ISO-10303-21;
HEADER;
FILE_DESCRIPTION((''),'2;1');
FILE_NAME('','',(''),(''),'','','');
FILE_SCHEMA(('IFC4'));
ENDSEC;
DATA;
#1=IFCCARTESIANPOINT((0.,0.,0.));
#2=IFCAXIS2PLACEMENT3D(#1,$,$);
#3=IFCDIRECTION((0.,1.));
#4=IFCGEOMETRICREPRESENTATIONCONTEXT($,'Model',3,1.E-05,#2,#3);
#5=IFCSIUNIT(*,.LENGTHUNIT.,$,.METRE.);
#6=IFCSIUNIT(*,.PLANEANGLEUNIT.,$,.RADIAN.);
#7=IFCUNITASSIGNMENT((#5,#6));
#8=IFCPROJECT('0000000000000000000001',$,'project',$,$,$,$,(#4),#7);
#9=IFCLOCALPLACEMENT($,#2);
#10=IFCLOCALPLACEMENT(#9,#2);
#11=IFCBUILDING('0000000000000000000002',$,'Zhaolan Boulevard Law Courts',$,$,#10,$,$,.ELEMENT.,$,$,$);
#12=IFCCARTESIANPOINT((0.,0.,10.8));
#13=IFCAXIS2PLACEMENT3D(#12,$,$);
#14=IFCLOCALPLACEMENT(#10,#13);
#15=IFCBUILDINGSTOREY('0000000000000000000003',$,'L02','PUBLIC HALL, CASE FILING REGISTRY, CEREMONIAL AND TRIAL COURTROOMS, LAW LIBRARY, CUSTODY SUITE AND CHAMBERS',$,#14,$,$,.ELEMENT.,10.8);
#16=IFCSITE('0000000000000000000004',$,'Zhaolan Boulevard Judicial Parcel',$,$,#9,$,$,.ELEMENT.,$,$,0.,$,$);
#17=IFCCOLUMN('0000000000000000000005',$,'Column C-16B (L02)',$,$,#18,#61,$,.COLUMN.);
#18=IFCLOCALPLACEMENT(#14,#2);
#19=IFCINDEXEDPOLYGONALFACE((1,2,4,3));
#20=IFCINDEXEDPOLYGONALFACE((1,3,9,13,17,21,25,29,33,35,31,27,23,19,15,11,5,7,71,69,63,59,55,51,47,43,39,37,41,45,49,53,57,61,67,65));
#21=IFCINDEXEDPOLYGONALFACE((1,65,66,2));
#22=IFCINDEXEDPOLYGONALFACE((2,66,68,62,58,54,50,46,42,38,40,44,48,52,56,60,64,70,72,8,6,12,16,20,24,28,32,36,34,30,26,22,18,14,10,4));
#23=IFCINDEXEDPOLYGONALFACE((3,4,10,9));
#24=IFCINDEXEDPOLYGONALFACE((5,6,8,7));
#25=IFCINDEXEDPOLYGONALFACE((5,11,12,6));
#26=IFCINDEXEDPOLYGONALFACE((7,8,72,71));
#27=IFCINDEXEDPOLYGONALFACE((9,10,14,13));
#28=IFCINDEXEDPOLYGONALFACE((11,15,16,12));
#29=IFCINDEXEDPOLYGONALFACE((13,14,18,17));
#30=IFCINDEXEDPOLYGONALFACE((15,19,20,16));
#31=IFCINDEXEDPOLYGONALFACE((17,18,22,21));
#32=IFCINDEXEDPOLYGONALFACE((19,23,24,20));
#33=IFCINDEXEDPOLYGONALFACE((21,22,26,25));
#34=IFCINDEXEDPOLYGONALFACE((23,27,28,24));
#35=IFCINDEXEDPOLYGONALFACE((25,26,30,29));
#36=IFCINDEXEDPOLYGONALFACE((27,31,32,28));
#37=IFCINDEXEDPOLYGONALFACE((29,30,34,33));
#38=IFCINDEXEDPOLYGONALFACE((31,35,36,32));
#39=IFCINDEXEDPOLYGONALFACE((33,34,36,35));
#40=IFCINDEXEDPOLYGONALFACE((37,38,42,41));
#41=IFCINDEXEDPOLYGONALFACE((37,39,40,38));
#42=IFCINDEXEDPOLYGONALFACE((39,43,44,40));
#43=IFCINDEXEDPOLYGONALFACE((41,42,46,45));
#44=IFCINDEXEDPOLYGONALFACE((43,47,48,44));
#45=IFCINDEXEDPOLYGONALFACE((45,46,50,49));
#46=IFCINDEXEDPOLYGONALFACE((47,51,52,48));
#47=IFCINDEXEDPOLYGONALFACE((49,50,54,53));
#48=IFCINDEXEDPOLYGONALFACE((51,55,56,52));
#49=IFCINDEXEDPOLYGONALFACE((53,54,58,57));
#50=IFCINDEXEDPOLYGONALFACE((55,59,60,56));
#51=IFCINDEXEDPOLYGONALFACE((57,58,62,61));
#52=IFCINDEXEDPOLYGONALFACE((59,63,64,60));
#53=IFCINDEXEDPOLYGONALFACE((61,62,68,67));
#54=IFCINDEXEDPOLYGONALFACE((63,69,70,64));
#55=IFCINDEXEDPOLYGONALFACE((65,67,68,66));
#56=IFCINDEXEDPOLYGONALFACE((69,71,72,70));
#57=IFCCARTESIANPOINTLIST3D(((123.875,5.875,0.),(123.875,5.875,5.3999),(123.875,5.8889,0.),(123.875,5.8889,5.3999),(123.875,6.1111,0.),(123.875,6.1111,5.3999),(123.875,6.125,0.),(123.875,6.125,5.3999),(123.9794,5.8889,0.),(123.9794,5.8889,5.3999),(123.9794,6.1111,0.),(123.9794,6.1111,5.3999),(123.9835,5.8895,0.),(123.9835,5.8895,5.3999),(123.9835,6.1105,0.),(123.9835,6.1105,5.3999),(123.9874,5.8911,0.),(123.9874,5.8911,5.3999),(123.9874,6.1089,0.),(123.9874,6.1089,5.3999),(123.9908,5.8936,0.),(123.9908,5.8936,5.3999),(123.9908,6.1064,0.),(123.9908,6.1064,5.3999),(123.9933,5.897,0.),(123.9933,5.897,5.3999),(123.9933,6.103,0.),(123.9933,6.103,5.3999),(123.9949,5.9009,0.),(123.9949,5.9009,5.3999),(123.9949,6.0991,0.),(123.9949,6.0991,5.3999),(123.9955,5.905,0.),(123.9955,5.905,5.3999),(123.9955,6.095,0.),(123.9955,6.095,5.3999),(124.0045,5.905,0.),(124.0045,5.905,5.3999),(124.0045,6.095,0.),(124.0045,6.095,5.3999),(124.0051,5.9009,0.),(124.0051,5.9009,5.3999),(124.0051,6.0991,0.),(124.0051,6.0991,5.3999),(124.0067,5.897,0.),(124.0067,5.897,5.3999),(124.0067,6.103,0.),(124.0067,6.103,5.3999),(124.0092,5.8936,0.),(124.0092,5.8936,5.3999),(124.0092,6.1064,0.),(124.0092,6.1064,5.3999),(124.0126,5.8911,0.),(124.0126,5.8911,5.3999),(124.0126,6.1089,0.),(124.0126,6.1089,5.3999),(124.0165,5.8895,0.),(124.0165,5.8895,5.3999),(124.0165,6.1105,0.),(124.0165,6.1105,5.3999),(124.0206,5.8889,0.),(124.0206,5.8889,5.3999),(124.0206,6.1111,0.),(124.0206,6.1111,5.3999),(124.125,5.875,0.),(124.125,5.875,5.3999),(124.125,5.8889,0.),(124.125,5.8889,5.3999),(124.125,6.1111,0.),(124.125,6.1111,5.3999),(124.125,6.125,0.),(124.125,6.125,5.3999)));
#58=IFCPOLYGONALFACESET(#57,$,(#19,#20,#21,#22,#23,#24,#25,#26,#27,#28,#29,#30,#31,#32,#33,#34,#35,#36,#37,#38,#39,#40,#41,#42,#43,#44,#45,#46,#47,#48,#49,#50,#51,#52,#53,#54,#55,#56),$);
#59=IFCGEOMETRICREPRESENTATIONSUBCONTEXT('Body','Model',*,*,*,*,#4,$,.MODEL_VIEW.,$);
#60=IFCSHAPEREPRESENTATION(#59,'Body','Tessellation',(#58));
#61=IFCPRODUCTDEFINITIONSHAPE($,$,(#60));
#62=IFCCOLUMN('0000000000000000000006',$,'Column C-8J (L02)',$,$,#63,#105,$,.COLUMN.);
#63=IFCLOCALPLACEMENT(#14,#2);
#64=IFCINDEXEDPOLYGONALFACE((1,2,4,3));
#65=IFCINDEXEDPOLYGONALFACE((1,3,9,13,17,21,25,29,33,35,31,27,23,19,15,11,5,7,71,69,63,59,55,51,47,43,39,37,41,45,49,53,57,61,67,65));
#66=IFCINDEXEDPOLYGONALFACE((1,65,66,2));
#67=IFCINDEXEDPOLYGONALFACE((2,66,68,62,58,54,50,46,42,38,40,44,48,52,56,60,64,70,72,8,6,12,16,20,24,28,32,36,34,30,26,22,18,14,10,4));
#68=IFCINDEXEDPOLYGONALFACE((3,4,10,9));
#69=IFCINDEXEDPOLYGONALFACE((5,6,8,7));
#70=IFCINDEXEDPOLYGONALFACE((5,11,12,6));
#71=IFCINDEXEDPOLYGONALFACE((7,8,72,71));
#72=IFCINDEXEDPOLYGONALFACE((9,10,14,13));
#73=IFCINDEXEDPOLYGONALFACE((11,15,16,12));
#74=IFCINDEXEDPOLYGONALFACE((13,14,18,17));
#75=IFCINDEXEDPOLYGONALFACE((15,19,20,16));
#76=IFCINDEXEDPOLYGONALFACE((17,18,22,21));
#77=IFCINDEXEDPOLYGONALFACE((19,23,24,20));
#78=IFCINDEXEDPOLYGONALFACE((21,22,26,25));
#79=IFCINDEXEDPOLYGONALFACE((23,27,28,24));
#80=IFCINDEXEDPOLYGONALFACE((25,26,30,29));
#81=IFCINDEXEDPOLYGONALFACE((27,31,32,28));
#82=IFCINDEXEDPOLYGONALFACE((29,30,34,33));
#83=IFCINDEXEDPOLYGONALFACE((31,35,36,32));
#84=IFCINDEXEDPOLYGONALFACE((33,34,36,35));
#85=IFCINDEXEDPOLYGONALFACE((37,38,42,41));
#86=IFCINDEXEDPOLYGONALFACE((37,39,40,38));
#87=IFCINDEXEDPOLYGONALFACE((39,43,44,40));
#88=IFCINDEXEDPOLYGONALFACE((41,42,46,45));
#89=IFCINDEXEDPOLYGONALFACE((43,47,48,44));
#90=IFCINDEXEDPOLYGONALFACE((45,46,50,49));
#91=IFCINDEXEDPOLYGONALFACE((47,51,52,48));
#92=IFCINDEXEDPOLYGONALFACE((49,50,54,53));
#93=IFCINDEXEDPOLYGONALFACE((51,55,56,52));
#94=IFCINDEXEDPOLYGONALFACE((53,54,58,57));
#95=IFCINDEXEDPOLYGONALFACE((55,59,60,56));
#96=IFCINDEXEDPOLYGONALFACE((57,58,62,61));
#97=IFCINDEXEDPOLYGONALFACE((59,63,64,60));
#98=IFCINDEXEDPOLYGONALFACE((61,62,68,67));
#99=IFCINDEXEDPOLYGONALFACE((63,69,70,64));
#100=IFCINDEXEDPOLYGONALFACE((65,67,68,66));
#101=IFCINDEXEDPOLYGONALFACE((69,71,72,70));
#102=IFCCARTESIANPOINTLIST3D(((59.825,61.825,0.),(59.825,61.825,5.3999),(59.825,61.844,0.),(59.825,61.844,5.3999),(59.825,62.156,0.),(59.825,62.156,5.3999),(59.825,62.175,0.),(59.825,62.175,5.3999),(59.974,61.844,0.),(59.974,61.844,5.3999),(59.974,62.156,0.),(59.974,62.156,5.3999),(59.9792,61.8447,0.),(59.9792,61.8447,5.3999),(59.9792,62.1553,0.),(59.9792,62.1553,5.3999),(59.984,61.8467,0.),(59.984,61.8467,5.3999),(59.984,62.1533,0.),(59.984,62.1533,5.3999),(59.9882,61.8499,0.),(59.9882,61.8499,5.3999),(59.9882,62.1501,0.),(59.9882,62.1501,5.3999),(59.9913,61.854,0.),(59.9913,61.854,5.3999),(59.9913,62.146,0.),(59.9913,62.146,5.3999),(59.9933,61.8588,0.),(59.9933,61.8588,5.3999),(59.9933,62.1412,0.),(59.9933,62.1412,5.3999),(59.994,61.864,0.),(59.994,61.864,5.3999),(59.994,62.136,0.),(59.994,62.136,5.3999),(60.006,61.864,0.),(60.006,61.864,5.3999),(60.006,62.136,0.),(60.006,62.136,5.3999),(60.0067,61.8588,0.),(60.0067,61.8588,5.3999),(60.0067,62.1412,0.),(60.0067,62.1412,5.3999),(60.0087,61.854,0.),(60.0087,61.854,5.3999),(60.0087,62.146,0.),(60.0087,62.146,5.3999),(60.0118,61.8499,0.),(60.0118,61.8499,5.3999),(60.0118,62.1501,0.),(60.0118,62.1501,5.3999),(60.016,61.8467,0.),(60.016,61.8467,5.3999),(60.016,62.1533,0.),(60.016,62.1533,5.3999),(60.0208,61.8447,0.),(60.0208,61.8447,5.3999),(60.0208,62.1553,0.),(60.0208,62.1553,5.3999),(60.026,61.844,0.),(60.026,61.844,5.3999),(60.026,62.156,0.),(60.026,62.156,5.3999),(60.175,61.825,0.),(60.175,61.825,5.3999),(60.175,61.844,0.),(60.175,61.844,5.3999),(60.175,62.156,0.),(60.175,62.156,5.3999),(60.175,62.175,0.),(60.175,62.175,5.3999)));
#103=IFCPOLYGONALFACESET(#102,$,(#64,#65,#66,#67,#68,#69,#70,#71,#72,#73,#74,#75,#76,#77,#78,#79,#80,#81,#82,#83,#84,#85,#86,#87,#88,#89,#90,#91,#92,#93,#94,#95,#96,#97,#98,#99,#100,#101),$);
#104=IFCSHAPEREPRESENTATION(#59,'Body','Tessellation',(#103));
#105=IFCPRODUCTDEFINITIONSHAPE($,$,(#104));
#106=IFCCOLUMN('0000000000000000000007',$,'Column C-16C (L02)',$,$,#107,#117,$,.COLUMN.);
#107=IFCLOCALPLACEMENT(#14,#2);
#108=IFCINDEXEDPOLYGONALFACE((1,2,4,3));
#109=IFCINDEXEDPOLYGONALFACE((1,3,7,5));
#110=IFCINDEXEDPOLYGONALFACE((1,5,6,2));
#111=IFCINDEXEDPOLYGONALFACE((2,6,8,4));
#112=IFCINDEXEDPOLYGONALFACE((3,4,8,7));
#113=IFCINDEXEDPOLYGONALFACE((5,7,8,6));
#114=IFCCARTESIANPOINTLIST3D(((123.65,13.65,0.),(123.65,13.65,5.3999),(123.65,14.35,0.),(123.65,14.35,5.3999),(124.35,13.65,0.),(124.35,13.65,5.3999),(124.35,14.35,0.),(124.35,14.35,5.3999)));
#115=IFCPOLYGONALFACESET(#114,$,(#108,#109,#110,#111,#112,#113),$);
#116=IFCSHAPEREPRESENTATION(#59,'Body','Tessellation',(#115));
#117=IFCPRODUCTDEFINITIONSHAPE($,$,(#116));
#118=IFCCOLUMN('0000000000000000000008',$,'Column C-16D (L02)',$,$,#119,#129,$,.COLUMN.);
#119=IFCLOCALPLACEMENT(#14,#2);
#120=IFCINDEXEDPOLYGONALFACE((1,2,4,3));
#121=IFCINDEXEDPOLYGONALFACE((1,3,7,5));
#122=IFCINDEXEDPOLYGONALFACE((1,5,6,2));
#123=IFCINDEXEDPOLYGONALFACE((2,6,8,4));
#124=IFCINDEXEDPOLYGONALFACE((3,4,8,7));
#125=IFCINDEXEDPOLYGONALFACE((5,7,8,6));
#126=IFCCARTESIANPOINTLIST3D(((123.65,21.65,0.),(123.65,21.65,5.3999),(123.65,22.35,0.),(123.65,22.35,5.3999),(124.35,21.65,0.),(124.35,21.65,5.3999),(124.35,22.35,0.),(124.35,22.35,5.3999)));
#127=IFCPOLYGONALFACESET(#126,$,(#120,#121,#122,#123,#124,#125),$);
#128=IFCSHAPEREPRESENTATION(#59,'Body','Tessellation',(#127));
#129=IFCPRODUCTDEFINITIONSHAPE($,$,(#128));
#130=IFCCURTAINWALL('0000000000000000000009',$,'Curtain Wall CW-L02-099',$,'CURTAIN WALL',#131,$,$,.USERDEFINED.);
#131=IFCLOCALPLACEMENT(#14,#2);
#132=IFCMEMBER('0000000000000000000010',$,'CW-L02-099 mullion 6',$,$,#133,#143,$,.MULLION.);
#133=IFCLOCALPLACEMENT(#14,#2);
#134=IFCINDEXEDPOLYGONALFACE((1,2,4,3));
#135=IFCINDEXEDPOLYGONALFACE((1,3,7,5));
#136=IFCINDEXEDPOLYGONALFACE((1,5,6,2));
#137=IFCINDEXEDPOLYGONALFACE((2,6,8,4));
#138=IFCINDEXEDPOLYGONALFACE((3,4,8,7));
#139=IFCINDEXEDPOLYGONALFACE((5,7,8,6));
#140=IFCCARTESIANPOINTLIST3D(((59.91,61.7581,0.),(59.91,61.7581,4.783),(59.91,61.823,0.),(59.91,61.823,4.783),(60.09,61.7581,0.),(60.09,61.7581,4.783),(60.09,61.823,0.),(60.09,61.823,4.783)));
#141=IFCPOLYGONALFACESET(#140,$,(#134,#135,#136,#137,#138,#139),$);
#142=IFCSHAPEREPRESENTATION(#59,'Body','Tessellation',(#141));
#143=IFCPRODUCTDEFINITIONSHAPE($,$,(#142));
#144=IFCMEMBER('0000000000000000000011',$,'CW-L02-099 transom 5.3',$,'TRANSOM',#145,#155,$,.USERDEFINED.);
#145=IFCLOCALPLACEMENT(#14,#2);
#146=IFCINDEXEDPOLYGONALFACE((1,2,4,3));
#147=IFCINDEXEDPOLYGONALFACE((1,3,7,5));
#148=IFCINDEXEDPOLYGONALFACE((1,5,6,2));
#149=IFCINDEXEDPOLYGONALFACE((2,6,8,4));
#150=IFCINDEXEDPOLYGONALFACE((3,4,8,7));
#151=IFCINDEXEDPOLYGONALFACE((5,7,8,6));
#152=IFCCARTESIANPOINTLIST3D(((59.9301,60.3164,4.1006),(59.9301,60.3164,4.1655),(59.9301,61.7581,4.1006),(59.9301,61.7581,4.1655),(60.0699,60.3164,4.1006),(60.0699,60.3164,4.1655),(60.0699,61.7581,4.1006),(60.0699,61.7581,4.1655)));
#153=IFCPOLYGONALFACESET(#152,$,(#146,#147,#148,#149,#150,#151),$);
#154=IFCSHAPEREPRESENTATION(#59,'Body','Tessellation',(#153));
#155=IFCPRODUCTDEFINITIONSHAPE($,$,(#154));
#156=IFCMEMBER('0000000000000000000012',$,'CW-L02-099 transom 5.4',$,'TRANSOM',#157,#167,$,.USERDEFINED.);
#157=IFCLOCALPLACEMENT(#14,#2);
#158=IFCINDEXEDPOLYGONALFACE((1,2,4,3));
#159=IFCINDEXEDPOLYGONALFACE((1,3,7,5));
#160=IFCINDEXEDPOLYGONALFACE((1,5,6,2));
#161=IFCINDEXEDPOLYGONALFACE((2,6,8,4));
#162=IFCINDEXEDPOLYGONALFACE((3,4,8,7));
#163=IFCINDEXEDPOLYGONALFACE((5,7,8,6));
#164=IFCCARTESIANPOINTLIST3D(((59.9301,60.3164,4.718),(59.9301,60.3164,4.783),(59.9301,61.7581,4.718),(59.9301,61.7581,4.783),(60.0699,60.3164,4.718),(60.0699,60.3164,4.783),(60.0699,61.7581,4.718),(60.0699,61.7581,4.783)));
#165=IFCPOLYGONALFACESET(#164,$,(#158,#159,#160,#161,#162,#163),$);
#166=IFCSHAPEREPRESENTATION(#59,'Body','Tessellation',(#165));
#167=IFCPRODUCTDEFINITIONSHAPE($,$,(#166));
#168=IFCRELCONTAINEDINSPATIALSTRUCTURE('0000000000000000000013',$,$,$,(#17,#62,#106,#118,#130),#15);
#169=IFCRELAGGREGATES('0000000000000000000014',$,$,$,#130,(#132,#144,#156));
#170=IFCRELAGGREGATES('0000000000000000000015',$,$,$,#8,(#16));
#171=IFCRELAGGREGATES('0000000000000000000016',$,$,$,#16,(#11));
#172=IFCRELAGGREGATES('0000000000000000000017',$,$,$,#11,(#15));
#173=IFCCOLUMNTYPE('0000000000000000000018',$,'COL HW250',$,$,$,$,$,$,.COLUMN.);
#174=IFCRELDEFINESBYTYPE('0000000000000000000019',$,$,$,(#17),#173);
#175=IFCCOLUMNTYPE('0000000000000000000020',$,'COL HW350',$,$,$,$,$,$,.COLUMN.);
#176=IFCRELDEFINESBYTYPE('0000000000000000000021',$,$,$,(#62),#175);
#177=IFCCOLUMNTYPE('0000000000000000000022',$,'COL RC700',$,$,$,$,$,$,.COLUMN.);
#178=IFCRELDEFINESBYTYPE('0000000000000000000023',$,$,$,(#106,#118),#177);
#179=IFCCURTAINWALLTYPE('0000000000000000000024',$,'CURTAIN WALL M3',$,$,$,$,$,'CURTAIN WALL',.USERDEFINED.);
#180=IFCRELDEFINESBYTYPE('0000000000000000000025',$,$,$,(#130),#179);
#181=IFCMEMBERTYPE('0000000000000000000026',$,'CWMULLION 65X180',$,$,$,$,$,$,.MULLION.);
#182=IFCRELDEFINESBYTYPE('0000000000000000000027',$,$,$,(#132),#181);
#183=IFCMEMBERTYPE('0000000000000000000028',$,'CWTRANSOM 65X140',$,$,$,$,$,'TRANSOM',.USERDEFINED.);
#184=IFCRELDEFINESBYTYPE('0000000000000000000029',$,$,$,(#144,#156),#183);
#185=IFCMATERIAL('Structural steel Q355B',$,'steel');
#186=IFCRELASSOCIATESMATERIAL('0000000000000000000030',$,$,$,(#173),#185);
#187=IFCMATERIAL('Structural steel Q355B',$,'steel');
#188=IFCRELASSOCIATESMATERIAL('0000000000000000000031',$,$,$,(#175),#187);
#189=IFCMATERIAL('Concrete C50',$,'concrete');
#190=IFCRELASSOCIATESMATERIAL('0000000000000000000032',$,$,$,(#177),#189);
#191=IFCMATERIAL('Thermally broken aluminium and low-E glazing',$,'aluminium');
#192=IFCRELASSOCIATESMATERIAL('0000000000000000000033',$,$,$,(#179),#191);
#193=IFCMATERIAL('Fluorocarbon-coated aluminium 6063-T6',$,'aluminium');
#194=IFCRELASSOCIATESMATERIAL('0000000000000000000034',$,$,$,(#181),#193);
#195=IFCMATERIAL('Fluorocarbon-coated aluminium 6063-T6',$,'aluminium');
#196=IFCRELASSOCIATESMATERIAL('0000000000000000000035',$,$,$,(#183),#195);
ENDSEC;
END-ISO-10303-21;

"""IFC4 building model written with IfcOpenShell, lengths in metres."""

from ifc_helpers import new_model, si_unit, direction, frame, origin, origin_2d, place, context, subcontext, project, spatial, rectangle, i_section, extrude, material, material_profile, profile_set, type_object, element, aggregate, save


model = new_model("IFC4")

# Units and contexts
model_context = context("Model", 3, precision=1e-05, world=origin(), true_north=direction((0.0, 1.0)))
body_context = subcontext(model_context, "Body", "Model", "MODEL_VIEW")
ifc_project = project(units=[si_unit("LENGTHUNIT", "METRE"), si_unit("PLANEANGLEUNIT", "RADIAN")], contexts=[model_context])

# Site, building, storey
site_placement = place(None, origin())
site = spatial("IfcSite", under=ifc_project, at=site_placement, Name="Zhaolan Boulevard Judicial Parcel", CompositionType="ELEMENT", RefElevation=0.0)
building_placement = place(site_placement, origin())
building = spatial("IfcBuilding", under=site, at=building_placement, Name="Zhaolan Boulevard Law Courts", CompositionType="ELEMENT")
storey_placement = place(building_placement, frame((0.0, 0.0, 10.8)))
storey = spatial("IfcBuildingStorey", under=building, at=storey_placement, Name="L02", Description="PUBLIC HALL, CASE FILING REGISTRY, CEREMONIAL AND TRIAL COURTROOMS, LAW LIBRARY, CUSTODY SUITE AND CHAMBERS", CompositionType="ELEMENT", Elevation=10.8)

# Columns
ifc_material_1 = material(Name="Structural steel Q355B", Category="steel")
ifc_material_profile_1 = material_profile(ifc_material_1, i_section(OverallWidth=0.25, OverallDepth=0.25, WebThickness=0.009, FlangeThickness=0.0139, FilletRadius=0.0161, at=origin_2d()), Name="HW250x250")
ifc_profile_set_1 = profile_set([ifc_material_profile_1], Name="Structural steel Q355B")
column_type_1 = type_object("IfcColumnType", Name="COL HW250", PredefinedType="COLUMN", material=ifc_profile_set_1)
column_1_placement = place(storey_placement, frame((124.0, 6.0, 0.0), z_axis=(0.0, 0.0, 1.0), x_axis=(1.0, 0.0, 0.0)))
element("IfcColumn", 1, at=column_1_placement, inside=storey, type_object=column_type_1, Name="Column C-16B (L02)", PredefinedType="COLUMN", context=body_context, shape_type="SweptSolid", body=[
    extrude(i_section(OverallWidth=0.25, OverallDepth=0.25, WebThickness=0.009, FlangeThickness=0.0139, FilletRadius=0.0161, at=origin_2d()), origin(), (0.0, 0.0, 1.0), 5.3999),
])
ifc_material_2 = material(Name="Structural steel Q355B", Category="steel")
ifc_material_profile_2 = material_profile(ifc_material_2, i_section(OverallWidth=0.3501, OverallDepth=0.3501, WebThickness=0.012, FlangeThickness=0.019, FilletRadius=0.02, at=origin_2d()), Name="HW350x350")
ifc_profile_set_2 = profile_set([ifc_material_profile_2], Name="Structural steel Q355B")
column_type_2 = type_object("IfcColumnType", Name="COL HW350", PredefinedType="COLUMN", material=ifc_profile_set_2)
column_2_placement = place(storey_placement, frame((60.0, 62.0, 0.0), z_axis=(0.0, 0.0, 1.0), x_axis=(1.0, 0.0, 0.0)))
element("IfcColumn", 2, at=column_2_placement, inside=storey, type_object=column_type_2, Name="Column C-8J (L02)", PredefinedType="COLUMN", context=body_context, shape_type="SweptSolid", body=[
    extrude(i_section(OverallWidth=0.3501, OverallDepth=0.3501, WebThickness=0.012, FlangeThickness=0.019, FilletRadius=0.02, at=origin_2d()), origin(), (0.0, 0.0, 1.0), 5.3999),
])
ifc_material_3 = material(Name="Concrete C50", Category="concrete")
ifc_material_profile_3 = material_profile(ifc_material_3, rectangle(XDim=0.7, YDim=0.7, at=origin_2d()), Name="RC700x700")
ifc_profile_set_3 = profile_set([ifc_material_profile_3], Name="Concrete C50")
column_type_3 = type_object("IfcColumnType", Name="COL RC700", PredefinedType="COLUMN", material=ifc_profile_set_3)
for number, where, z_axis, x_axis, name in (
    (3, (124.0, 14.0, 0.0), (0.0, 0.0, 1.0), (1.0, 0.0, 0.0), "Column C-16C (L02)"),
    (4, (124.0, 22.0, 0.0), (0.0, 0.0, 1.0), (1.0, 0.0, 0.0), "Column C-16D (L02)"),
):
    element("IfcColumn", number, at=place(storey_placement, frame(where, z_axis=z_axis, x_axis=x_axis)), inside=storey, type_object=column_type_3, Name=name, PredefinedType="COLUMN", context=body_context, shape_type="SweptSolid", body=[
        extrude(rectangle(XDim=0.7, YDim=0.7, at=origin_2d()), origin(), (0.0, 0.0, 1.0), 5.3999),
    ])

# Curtain wall, members
ifc_material_4 = material(Name="Thermally broken aluminium and low-E glazing", Category="aluminium")
curtain_wall_type = type_object("IfcCurtainWallType", Name="CURTAIN WALL M3", ElementType="CURTAIN WALL", PredefinedType="USERDEFINED", material=ifc_material_4)
curtain_wall_placement = place(storey_placement, origin())
curtain_wall = element("IfcCurtainWall", 5, at=curtain_wall_placement, inside=storey, type_object=curtain_wall_type, Name="Curtain Wall CW-L02-099", ObjectType="CURTAIN WALL", PredefinedType="USERDEFINED")
ifc_material_5 = material(Name="Fluorocarbon-coated aluminium 6063-T6", Category="aluminium")
ifc_material_profile_4 = material_profile(ifc_material_5, rectangle(XDim=0.1799, YDim=0.0649, at=origin_2d()), Name="AL65x180")
ifc_profile_set_4 = profile_set([ifc_material_profile_4], Name="Fluorocarbon-coated aluminium 6063-T6")
member_type_1 = type_object("IfcMemberType", Name="CWMULLION 65X180", PredefinedType="MULLION", material=ifc_profile_set_4)
member_1_placement = place(storey_placement, frame((60.0, 61.7905, 0.0), z_axis=(0.0, 0.0, 1.0), x_axis=(-1.0, 0.0, 0.0)))
member_1 = element("IfcMember", 6, at=member_1_placement, type_object=member_type_1, Name="CW-L02-099 mullion 6", PredefinedType="MULLION", context=body_context, shape_type="SweptSolid", body=[
    extrude(rectangle(XDim=0.1799, YDim=0.0649, at=origin_2d()), origin(), (0.0, 0.0, 1.0), 4.783),
])
ifc_material_6 = material(Name="Fluorocarbon-coated aluminium 6063-T6", Category="aluminium")
ifc_material_profile_5 = material_profile(ifc_material_6, rectangle(XDim=0.1399, YDim=0.0649, at=origin_2d()), Name="AL65x140")
ifc_profile_set_5 = profile_set([ifc_material_profile_5], Name="Fluorocarbon-coated aluminium 6063-T6")
member_type_2 = type_object("IfcMemberType", Name="CWTRANSOM 65X140", ElementType="TRANSOM", PredefinedType="USERDEFINED", material=ifc_profile_set_5)
member_2_placement = place(storey_placement, frame((60.0, 60.3164, 4.1331), z_axis=(0.0, 1.0, 0.0), x_axis=(-1.0, 0.0, 0.0)))
member_2 = element("IfcMember", 7, at=member_2_placement, type_object=member_type_2, Name="CW-L02-099 transom 5.3", ObjectType="TRANSOM", PredefinedType="USERDEFINED", context=body_context, shape_type="SweptSolid", body=[
    extrude(rectangle(XDim=0.1399, YDim=0.0649, at=origin_2d()), origin(), (0.0, 0.0, 1.0), 1.4417),
])
member_3_placement = place(storey_placement, frame((60.0, 60.3164, 4.7505), z_axis=(0.0, 1.0, 0.0), x_axis=(-1.0, 0.0, 0.0)))
member_3 = element("IfcMember", 8, at=member_3_placement, type_object=member_type_2, Name="CW-L02-099 transom 5.4", ObjectType="TRANSOM", PredefinedType="USERDEFINED", context=body_context, shape_type="SweptSolid", body=[
    extrude(rectangle(XDim=0.1399, YDim=0.0649, at=origin_2d()), origin(), (0.0, 0.0, 1.0), 1.4417),
])

aggregate(curtain_wall, [member_1, member_2, member_3])

save(model, "model.ifc")
